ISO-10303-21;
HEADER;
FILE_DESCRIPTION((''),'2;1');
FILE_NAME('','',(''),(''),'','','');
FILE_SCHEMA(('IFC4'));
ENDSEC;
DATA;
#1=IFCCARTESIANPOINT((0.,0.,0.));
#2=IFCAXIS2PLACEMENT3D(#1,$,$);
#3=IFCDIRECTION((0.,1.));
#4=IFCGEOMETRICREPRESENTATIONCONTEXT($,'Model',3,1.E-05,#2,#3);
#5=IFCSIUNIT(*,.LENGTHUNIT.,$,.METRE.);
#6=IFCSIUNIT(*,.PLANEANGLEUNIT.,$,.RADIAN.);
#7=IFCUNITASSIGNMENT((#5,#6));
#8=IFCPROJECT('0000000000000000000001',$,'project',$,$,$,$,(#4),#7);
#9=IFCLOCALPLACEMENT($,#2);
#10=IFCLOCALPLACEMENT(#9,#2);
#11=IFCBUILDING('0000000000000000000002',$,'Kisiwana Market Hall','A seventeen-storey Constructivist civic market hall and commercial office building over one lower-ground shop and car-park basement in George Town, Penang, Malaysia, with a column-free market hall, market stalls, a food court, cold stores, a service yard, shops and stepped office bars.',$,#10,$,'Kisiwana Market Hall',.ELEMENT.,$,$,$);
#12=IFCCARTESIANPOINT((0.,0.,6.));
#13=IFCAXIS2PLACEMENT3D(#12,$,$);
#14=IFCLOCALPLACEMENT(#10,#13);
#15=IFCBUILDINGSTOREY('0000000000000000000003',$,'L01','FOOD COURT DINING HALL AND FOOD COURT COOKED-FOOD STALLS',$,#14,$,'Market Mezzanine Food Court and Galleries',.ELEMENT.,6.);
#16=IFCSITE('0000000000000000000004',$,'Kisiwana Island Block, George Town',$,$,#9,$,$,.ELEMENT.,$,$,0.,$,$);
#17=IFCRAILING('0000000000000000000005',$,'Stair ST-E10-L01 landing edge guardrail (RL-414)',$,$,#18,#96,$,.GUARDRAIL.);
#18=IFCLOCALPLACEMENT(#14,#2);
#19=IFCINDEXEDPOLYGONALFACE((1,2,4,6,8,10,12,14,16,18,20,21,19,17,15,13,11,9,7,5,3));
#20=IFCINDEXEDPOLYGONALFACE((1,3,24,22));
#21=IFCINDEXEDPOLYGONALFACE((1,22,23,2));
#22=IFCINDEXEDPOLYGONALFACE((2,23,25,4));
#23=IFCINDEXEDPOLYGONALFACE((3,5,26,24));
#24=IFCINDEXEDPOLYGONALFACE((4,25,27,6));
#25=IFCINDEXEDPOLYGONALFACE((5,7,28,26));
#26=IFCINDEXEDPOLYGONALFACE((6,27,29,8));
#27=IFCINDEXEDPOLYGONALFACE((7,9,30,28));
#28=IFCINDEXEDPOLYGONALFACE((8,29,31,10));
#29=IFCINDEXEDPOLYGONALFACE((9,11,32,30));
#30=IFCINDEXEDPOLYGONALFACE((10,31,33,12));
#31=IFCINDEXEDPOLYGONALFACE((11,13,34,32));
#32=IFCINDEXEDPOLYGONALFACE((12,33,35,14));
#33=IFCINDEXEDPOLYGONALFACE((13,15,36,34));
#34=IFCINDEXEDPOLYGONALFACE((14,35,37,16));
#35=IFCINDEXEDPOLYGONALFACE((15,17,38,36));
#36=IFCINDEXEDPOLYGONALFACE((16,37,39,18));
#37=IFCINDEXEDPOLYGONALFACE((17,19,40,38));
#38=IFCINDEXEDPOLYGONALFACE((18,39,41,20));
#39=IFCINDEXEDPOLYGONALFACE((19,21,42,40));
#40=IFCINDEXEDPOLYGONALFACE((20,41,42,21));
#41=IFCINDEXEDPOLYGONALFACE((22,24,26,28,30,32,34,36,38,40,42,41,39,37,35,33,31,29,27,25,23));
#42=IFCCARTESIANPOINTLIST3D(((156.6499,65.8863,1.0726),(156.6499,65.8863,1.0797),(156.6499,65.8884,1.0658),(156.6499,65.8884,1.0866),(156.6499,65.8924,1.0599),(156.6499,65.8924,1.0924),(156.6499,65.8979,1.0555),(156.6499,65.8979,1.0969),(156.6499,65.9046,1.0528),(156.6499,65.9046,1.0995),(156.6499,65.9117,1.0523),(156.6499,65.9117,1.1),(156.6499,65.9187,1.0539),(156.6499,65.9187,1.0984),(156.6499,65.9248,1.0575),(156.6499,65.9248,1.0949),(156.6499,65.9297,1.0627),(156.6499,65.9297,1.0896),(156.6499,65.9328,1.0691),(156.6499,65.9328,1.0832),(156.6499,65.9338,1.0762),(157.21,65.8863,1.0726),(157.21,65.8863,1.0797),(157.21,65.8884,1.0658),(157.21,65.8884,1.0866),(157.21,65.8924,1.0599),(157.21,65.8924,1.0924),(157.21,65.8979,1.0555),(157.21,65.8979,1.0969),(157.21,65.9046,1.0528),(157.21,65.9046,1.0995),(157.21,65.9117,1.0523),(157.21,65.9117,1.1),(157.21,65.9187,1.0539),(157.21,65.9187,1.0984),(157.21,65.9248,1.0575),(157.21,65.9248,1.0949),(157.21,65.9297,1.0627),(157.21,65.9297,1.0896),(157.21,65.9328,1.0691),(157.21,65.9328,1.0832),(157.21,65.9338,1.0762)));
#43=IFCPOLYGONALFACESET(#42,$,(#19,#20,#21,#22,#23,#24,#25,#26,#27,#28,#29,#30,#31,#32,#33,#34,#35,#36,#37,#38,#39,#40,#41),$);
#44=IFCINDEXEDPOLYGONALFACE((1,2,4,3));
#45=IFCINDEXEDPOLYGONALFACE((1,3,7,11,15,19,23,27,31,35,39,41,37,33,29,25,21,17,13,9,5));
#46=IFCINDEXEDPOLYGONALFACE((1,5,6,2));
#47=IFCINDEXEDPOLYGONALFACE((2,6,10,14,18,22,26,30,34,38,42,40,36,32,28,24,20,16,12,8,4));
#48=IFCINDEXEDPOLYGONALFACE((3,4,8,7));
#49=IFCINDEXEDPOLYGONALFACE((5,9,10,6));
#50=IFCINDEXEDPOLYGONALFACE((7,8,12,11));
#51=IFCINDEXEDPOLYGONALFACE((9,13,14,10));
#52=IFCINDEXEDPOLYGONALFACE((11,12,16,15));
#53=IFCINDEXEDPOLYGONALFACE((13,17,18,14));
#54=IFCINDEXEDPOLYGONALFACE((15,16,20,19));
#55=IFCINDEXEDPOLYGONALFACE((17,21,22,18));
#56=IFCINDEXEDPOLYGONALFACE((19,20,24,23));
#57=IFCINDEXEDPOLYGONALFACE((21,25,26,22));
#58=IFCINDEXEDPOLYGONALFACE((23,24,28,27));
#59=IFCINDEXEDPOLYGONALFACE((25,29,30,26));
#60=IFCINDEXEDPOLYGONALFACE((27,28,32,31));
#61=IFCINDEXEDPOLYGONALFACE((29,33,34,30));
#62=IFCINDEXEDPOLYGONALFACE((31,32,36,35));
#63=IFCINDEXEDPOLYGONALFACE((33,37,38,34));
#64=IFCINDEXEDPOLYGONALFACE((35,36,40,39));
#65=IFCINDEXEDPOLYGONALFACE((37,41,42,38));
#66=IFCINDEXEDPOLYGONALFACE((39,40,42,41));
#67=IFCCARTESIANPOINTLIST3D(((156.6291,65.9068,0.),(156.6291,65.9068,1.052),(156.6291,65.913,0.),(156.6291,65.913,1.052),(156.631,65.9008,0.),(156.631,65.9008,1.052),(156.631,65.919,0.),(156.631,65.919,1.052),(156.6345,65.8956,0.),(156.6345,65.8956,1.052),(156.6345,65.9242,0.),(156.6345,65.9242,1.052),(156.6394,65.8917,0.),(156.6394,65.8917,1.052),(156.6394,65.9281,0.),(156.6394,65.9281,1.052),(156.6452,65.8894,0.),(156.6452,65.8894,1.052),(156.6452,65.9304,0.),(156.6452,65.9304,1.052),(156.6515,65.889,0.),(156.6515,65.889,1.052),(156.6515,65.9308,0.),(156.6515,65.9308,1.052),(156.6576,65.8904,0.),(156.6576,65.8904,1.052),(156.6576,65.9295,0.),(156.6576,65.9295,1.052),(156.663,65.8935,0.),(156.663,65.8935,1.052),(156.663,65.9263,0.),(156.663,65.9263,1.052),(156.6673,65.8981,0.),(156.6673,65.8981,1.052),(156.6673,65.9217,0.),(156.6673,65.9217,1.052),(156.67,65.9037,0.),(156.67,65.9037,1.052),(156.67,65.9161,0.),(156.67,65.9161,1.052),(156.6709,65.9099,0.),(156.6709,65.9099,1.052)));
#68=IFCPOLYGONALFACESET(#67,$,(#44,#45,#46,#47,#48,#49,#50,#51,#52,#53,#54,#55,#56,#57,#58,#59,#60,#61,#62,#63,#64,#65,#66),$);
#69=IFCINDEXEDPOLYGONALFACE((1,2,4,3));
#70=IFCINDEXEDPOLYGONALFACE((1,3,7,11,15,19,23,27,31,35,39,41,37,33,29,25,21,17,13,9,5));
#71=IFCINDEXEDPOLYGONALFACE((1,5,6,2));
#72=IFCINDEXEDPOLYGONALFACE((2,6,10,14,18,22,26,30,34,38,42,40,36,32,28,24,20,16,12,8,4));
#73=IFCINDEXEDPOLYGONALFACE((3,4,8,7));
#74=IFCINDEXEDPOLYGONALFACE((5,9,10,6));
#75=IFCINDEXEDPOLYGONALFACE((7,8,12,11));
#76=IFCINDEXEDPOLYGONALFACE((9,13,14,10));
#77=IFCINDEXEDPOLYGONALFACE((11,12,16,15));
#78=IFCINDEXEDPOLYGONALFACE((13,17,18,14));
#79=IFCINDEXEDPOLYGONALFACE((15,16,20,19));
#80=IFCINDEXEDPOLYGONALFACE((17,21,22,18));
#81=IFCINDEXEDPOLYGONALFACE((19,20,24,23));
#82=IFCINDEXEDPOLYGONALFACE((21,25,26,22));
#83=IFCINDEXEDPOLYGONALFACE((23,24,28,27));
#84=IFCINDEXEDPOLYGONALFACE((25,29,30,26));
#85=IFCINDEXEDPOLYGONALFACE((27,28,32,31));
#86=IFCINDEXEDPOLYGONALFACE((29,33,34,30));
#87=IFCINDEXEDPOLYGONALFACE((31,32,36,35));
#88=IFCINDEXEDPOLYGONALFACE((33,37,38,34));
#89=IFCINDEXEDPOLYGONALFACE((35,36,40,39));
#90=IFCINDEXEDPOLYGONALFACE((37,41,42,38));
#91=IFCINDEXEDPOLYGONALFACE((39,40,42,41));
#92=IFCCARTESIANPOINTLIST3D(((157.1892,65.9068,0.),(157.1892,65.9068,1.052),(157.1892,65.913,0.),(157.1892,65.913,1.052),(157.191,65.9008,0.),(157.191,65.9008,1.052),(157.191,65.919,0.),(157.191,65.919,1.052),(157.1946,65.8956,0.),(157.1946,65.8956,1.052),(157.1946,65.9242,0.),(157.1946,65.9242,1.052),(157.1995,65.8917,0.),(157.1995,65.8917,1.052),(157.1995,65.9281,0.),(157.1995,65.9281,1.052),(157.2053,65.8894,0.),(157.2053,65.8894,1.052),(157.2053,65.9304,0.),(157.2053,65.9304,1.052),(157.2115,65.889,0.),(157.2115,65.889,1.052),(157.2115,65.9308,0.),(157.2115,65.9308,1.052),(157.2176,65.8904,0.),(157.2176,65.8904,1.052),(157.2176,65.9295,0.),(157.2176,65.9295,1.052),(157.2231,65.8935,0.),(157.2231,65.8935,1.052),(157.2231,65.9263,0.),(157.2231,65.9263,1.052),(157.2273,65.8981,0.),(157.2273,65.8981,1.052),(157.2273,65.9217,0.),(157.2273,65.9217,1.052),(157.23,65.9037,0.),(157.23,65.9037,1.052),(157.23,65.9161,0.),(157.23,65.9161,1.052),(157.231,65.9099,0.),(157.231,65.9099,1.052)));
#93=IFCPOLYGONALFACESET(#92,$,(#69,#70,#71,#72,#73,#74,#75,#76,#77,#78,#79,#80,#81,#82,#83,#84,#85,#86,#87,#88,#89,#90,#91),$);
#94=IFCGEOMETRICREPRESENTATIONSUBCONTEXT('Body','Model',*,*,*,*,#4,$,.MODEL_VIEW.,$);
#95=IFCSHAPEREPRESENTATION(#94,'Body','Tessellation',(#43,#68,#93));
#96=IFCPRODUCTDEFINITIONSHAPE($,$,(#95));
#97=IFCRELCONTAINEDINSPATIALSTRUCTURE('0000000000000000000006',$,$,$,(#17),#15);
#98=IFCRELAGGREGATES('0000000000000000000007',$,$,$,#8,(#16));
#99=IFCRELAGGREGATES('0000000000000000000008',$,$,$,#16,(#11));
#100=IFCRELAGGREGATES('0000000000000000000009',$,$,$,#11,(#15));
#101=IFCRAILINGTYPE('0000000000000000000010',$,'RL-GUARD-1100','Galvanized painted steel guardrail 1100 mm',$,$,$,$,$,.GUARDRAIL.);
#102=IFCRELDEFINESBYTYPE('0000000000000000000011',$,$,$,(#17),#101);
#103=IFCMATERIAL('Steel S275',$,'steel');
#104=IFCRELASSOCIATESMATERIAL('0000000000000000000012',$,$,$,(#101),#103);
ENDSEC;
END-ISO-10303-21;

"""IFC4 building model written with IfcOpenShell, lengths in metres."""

from ifc_helpers import new_model, si_unit, direction, frame, origin, origin_2d, place, context, subcontext, project, spatial, circle, extrude, material, type_object, element, save


model = new_model("IFC4")

# Units and contexts
model_context = context("Model", 3, precision=1e-05, world=origin(), true_north=direction((0.0, 1.0)))
body_context = subcontext(model_context, "Body", "Model", "MODEL_VIEW")
ifc_project = project(units=[si_unit("LENGTHUNIT", "METRE"), si_unit("PLANEANGLEUNIT", "RADIAN")], contexts=[model_context])

# Site, building, storey
site_placement = place(None, origin())
site = spatial("IfcSite", under=ifc_project, at=site_placement, Name="Kisiwana Island Block, George Town", CompositionType="ELEMENT", RefElevation=0.0)
building_placement = place(site_placement, origin())
building = spatial("IfcBuilding", under=site, at=building_placement, Name="Kisiwana Market Hall", Description="A seventeen-storey Constructivist civic market hall and commercial office building over one lower-ground shop and car-park basement in George Town, Penang, Malaysia, with a column-free market hall, market stalls, a food court, cold stores, a service yard, shops and stepped office bars.", LongName="Kisiwana Market Hall", CompositionType="ELEMENT")
storey_placement = place(building_placement, frame((0.0, 0.0, 6.0)))
storey = spatial("IfcBuildingStorey", under=building, at=storey_placement, Name="L01", Description="FOOD COURT DINING HALL AND FOOD COURT COOKED-FOOD STALLS", LongName="Market Mezzanine Food Court and Galleries", CompositionType="ELEMENT", Elevation=6.0)

# Railing
ifc_material_1 = material(Name="Steel S275", Category="steel")
railing_type_1 = type_object("IfcRailingType", Name="RL-GUARD-1100", Description="Galvanized painted steel guardrail 1100 mm", PredefinedType="GUARDRAIL", material=ifc_material_1)
railing_1_placement = place(storey_placement, frame((156.6499, 65.9099, 0.0)))
element("IfcRailing", 1, at=railing_1_placement, inside=storey, type_object=railing_type_1, Name="Stair ST-E10-L01 landing edge guardrail (RL-414)", PredefinedType="GUARDRAIL", context=body_context, shape_type="SweptSolid", body=[
    extrude(circle(Radius=0.0239, at=origin_2d()), frame((0.0, 0.0, 1.0762), z_axis=(1.0, 0.0, 0.0), x_axis=(0.0, 1.0, 0.0)), (0.0, 0.0, 1.0), 0.5601),
    extrude(circle(Radius=0.021, at=origin_2d()), origin(), (0.0, 0.0, 1.0), 1.052),
    extrude(circle(Radius=0.021, at=origin_2d()), frame((0.5601, 0.0, 0.0)), (0.0, 0.0, 1.0), 1.052),
])

save(model, "model.ifc")
